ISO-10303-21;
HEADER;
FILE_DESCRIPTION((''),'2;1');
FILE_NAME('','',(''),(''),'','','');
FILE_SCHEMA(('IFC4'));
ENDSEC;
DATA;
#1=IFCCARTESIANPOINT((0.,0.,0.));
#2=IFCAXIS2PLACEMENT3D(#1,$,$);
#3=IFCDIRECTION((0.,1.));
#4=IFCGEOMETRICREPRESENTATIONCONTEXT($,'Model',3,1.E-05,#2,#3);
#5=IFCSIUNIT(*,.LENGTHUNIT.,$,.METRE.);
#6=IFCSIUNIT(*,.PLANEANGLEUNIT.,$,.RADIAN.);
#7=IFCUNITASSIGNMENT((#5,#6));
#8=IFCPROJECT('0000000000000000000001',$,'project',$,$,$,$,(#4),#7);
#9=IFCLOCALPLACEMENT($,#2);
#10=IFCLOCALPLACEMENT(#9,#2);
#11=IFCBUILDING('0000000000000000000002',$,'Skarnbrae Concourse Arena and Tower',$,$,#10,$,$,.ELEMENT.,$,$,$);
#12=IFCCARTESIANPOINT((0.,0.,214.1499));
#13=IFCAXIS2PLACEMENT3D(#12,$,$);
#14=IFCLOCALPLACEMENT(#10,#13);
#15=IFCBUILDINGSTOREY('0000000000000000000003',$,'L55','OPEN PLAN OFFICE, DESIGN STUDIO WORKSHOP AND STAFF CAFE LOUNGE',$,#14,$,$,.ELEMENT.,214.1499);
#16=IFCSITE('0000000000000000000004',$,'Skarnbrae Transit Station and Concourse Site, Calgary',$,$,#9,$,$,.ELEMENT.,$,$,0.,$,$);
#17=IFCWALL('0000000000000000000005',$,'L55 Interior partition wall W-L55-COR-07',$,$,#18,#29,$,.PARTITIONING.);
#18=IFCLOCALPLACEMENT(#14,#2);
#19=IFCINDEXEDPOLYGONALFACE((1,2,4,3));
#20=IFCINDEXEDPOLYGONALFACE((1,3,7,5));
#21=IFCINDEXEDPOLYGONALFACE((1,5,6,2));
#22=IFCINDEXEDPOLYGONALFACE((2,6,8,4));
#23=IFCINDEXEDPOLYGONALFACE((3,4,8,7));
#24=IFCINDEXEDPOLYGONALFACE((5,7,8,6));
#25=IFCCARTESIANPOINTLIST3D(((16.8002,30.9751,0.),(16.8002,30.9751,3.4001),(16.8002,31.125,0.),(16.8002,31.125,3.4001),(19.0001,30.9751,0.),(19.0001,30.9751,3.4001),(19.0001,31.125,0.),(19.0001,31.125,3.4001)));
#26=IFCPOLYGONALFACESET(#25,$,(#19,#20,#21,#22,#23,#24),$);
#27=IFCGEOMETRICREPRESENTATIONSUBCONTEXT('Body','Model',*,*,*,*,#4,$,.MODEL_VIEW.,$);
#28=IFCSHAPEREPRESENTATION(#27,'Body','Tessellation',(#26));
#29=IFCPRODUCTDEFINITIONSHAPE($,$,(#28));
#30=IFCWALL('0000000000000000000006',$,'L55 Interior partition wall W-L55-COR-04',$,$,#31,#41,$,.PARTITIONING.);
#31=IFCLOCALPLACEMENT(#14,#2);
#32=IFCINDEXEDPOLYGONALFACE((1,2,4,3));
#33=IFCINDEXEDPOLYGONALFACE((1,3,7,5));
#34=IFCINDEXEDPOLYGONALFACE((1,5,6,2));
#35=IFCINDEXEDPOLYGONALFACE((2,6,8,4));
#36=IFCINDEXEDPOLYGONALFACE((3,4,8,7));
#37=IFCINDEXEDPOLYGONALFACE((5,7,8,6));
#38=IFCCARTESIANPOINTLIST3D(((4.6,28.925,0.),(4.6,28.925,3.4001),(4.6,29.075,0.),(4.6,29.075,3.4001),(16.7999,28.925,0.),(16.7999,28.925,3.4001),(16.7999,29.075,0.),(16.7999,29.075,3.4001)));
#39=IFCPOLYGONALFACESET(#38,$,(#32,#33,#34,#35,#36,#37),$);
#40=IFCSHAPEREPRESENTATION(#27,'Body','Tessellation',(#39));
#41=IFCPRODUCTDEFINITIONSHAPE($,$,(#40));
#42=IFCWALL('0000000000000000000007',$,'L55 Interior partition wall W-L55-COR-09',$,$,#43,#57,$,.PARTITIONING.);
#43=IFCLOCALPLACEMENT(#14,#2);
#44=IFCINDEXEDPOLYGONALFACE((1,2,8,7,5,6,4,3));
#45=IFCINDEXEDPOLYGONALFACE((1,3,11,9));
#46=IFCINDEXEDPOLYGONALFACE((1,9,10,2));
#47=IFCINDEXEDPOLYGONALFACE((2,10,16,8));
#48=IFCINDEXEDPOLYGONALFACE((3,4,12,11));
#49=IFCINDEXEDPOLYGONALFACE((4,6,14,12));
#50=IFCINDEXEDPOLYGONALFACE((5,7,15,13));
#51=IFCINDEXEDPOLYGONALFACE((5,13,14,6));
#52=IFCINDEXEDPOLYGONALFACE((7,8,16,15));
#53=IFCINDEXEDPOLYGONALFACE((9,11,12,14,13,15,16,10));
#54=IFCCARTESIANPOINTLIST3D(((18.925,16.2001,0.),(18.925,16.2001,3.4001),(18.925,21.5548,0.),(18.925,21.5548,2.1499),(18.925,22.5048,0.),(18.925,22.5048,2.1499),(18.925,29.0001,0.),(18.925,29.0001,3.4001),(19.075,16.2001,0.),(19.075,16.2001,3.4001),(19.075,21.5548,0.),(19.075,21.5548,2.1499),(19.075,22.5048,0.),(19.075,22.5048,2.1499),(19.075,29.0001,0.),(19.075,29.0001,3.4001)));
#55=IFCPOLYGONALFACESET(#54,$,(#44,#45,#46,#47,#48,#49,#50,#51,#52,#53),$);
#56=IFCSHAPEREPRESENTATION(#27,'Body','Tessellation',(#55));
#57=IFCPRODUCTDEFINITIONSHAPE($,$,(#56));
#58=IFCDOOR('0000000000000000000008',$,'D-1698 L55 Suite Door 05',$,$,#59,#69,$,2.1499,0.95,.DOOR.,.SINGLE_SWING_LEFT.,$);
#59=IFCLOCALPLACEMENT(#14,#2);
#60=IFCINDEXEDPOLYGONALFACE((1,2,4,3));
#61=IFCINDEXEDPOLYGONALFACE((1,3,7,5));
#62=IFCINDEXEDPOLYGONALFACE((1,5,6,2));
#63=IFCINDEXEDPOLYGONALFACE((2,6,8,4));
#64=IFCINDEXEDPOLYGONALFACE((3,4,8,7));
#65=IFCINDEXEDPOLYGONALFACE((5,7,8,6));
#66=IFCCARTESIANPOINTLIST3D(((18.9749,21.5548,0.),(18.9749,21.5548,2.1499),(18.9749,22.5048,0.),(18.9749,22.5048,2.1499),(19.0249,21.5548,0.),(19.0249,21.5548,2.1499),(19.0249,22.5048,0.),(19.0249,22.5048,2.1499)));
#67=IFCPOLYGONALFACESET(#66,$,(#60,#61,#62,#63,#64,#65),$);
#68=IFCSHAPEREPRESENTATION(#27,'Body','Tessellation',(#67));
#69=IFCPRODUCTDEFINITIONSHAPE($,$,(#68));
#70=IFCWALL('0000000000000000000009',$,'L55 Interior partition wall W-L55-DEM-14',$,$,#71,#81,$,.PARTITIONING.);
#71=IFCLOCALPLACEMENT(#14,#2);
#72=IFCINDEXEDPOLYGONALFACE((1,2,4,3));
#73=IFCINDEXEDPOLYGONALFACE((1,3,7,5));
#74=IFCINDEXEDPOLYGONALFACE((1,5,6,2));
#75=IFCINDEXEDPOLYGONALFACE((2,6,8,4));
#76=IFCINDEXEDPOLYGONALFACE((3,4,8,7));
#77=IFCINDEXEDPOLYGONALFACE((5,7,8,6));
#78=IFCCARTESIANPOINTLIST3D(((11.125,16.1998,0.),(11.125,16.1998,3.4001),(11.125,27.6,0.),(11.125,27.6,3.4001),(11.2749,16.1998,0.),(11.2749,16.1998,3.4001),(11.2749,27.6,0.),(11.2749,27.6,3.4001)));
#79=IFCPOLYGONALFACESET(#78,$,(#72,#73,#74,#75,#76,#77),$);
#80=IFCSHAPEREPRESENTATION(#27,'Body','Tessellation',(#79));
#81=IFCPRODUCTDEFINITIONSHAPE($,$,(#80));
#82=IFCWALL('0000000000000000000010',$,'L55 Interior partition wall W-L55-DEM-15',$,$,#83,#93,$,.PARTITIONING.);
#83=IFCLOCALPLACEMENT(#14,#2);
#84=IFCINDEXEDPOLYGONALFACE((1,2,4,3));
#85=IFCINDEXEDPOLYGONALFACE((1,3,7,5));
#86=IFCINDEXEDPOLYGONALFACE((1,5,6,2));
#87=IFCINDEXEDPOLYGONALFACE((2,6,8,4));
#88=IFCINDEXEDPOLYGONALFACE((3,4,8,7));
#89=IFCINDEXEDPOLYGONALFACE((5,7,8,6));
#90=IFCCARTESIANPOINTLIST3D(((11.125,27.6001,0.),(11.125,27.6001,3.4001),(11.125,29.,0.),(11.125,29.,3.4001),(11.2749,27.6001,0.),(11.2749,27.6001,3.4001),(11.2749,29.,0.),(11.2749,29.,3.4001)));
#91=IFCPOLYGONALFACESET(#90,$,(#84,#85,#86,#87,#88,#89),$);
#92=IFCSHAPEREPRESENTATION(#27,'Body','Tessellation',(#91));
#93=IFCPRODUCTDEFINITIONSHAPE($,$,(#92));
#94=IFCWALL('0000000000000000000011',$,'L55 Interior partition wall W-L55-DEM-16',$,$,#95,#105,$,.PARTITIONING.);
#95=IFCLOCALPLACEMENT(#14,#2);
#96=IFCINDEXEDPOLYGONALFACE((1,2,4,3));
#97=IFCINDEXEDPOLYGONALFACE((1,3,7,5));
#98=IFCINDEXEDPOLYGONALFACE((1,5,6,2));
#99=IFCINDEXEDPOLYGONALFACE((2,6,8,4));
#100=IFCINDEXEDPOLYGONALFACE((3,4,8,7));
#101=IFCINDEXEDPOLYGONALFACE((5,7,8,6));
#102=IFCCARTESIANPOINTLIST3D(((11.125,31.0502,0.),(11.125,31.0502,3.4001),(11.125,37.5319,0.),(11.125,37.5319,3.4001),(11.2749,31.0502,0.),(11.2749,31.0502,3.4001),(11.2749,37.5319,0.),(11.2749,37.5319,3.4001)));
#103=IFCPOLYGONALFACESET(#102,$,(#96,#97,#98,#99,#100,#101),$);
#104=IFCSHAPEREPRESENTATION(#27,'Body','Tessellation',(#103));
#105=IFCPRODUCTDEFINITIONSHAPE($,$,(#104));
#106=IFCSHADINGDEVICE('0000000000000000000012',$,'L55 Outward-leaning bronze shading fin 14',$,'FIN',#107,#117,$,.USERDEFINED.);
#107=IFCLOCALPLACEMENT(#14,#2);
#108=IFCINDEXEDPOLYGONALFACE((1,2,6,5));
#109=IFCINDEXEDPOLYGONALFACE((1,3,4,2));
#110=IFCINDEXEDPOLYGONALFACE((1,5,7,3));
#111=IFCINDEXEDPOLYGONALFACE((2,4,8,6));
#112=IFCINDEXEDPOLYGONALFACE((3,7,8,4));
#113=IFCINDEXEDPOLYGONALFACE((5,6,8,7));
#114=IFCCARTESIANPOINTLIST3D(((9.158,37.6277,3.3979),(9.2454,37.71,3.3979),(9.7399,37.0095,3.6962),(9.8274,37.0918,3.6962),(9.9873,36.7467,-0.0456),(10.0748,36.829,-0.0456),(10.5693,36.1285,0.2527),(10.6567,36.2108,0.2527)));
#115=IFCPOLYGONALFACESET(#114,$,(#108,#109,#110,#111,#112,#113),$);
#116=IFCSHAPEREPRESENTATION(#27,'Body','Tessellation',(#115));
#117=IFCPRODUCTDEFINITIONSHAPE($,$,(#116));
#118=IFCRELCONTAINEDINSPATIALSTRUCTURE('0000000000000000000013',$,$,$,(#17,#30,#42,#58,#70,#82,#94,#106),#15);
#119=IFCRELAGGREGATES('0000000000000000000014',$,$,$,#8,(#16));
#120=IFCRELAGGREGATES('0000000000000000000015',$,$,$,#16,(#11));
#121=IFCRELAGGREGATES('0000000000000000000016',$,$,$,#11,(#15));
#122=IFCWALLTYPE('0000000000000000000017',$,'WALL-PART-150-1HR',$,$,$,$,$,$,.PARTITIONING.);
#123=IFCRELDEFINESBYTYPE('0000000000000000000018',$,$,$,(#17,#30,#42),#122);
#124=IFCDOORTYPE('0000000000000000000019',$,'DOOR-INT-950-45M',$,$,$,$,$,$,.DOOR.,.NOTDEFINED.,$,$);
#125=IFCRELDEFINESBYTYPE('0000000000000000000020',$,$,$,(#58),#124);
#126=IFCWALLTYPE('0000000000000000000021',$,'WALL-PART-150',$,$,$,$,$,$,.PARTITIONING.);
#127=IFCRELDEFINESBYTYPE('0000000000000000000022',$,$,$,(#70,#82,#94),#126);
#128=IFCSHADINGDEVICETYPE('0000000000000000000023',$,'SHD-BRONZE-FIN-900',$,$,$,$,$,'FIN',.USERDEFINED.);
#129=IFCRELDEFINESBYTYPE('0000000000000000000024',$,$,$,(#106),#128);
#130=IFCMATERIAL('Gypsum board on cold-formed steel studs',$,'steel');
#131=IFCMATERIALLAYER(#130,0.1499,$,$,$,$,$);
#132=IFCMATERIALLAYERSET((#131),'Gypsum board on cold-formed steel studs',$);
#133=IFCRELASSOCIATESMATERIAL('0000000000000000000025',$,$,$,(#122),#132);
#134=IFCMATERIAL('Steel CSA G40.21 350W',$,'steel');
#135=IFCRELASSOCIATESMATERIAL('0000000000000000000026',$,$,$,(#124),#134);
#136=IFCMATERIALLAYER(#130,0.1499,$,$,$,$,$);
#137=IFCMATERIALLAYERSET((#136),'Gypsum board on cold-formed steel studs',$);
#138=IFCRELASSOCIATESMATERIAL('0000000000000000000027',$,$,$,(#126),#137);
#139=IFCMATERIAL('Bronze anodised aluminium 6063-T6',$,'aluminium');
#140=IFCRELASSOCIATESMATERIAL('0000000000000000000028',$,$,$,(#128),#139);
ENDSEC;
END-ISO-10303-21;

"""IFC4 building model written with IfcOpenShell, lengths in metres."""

from ifc_helpers import new_model, si_unit, direction, frame, frame_2d, origin, origin_2d, place, context, subcontext, project, spatial, rectangle, extrude, source, transform, mapped, material, layer, layer_set, type_object, element, fill, save


model = new_model("IFC4")

# Units and contexts
model_context = context("Model", 3, precision=1e-05, world=origin(), true_north=direction((0.0, 1.0)))
body_context = subcontext(model_context, "Body", "Model", "MODEL_VIEW")
ifc_project = project(units=[si_unit("LENGTHUNIT", "METRE"), si_unit("PLANEANGLEUNIT", "RADIAN")], contexts=[model_context])

# Site, building, storey
site_placement = place(None, origin())
site = spatial("IfcSite", under=ifc_project, at=site_placement, Name="Skarnbrae Transit Station and Concourse Site, Calgary", CompositionType="ELEMENT", RefElevation=0.0)
building_placement = place(site_placement, origin())
building = spatial("IfcBuilding", under=site, at=building_placement, Name="Skarnbrae Concourse Arena and Tower", CompositionType="ELEMENT")
storey_placement = place(building_placement, frame((0.0, 0.0, 214.1499)))
storey = spatial("IfcBuildingStorey", under=building, at=storey_placement, Name="L55", Description="OPEN PLAN OFFICE, DESIGN STUDIO WORKSHOP AND STAFF CAFE LOUNGE", CompositionType="ELEMENT", Elevation=214.1499)

# Shared definitions
ifc_material_1 = material(Name="Steel CSA G40.21 350W", Category="steel")

# Shared definitions
ifc_material_2 = material(Name="Bronze anodised aluminium 6063-T6", Category="aluminium")

# Walls
ifc_material_3 = material(Name="Gypsum board on cold-formed steel studs", Category="steel")
ifc_layer_1 = layer(ifc_material_3, 0.1499)
ifc_layer_set_1 = layer_set([ifc_layer_1], Name="Gypsum board on cold-formed steel studs")
wall_type_1 = type_object("IfcWallType", Name="WALL-PART-150-1HR", PredefinedType="PARTITIONING", material=ifc_layer_set_1)
shared_shape_1 = source(origin(), body_context, "Body", "SweptSolid", [
    extrude(rectangle(XDim=2.2, YDim=0.1499, at=frame_2d((1.1001, 0.0))), origin(), (0.0, 0.0, 1.0), 3.4001),
])
wall_1_placement = place(storey_placement, frame((16.8, 31.05, 0.0), z_axis=(0.0, 0.0, 1.0), x_axis=(1.0, 0.0, 0.0)))
element("IfcWall", 1, at=wall_1_placement, inside=storey, type_object=wall_type_1, Name="L55 Interior partition wall W-L55-COR-07", PredefinedType="PARTITIONING", context=body_context, shape_type="MappedRepresentation", body=[
    mapped(shared_shape_1, transform((0.0, 0.0, 0.0))),
])
shared_shape_2 = source(origin(), body_context, "Body", "SweptSolid", [
    extrude(rectangle(XDim=12.2, YDim=0.1499, at=frame_2d((6.1001, 0.0))), origin(), (0.0, 0.0, 1.0), 3.4001),
])
wall_2_placement = place(storey_placement, frame((16.8, 29.0, 0.0), z_axis=(0.0, 0.0, 1.0), x_axis=(-1.0, 0.0, 0.0)))
element("IfcWall", 2, at=wall_2_placement, inside=storey, type_object=wall_type_1, Name="L55 Interior partition wall W-L55-COR-04", PredefinedType="PARTITIONING", context=body_context, shape_type="MappedRepresentation", body=[
    mapped(shared_shape_2, transform((0.0, 0.0, 0.0))),
])

# Wall, opening, door
shared_shape_3 = source(origin(), body_context, "Body", "SweptSolid", [
    extrude(rectangle(XDim=12.8, YDim=0.1499, at=frame_2d((6.3999, 0.0))), origin(), (0.0, 0.0, 1.0), 3.4001),
])
wall_3_placement = place(storey_placement, frame((19.0, 29.0, 0.0), z_axis=(0.0, 0.0, 1.0), x_axis=(0.0, -1.0, 0.0)))
wall_3 = element("IfcWall", 3, at=wall_3_placement, inside=storey, type_object=wall_type_1, Name="L55 Interior partition wall W-L55-COR-09", PredefinedType="PARTITIONING", context=body_context, shape_type="MappedRepresentation", body=[
    mapped(shared_shape_3, transform((0.0, 0.0, 0.0))),
])
opening_placement = place(wall_3_placement, frame((6.4951, 0.0, 0.0)))
opening = element("IfcOpeningElement", 4, at=opening_placement, cuts=wall_3, PredefinedType="OPENING", context=body_context, shape_type="SweptSolid", body=[
    extrude(rectangle(XDim=0.95, YDim=2.1499, at=frame_2d((0.4751, 1.075))), frame((0.0, 0.085, 0.0), z_axis=(0.0, -1.0, 0.0), x_axis=(1.0, 0.0, 0.0)), (0.0, 0.0, 1.0), 0.1699),
])
door_type = type_object("IfcDoorType", Name="DOOR-INT-950-45M", OperationType="NOTDEFINED", PredefinedType="DOOR", material=ifc_material_1)
shared_shape_4 = source(origin(), body_context, "Body", "SweptSolid", [
    extrude(rectangle(XDim=0.95, YDim=2.1499, at=frame_2d((0.4751, 1.075))), frame((0.0, 0.0249, 0.0), z_axis=(0.0, -1.0, 0.0), x_axis=(1.0, 0.0, 0.0)), (0.0, 0.0, 1.0), 0.05),
])
door_placement = place(opening_placement, origin())
door = element("IfcDoor", 5, at=door_placement, inside=storey, type_object=door_type, Name="D-1698 L55 Suite Door 05", OperationType="SINGLE_SWING_LEFT", OverallHeight=2.1499, OverallWidth=0.95, PredefinedType="DOOR", context=body_context, shape_type="MappedRepresentation", body=[
    mapped(shared_shape_4, transform((0.0, 0.0, 0.0))),
])
fill(opening, door)

# Walls
ifc_layer_2 = layer(ifc_material_3, 0.1499)
ifc_layer_set_2 = layer_set([ifc_layer_2], Name="Gypsum board on cold-formed steel studs")
wall_type_2 = type_object("IfcWallType", Name="WALL-PART-150", PredefinedType="PARTITIONING", material=ifc_layer_set_2)
shared_shape_5 = source(origin(), body_context, "Body", "SweptSolid", [
    extrude(rectangle(XDim=11.4001, YDim=0.1499, at=frame_2d((5.7002, 0.0))), origin(), (0.0, 0.0, 1.0), 3.4001),
])
wall_4_placement = place(storey_placement, frame((11.2, 27.6001, 0.0), z_axis=(0.0, 0.0, 1.0), x_axis=(0.0, -1.0, 0.0)))
element("IfcWall", 6, at=wall_4_placement, inside=storey, type_object=wall_type_2, Name="L55 Interior partition wall W-L55-DEM-14", PredefinedType="PARTITIONING", context=body_context, shape_type="MappedRepresentation", body=[
    mapped(shared_shape_5, transform((0.0, 0.0, 0.0))),
])
shared_shape_6 = source(origin(), body_context, "Body", "SweptSolid", [
    extrude(rectangle(XDim=1.3999, YDim=0.1499, at=frame_2d((0.7, 0.0))), origin(), (0.0, 0.0, 1.0), 3.4001),
])
wall_5_placement = place(storey_placement, frame((11.2, 29.0, 0.0), z_axis=(0.0, 0.0, 1.0), x_axis=(0.0, -1.0, 0.0)))
element("IfcWall", 7, at=wall_5_placement, inside=storey, type_object=wall_type_2, Name="L55 Interior partition wall W-L55-DEM-15", PredefinedType="PARTITIONING", context=body_context, shape_type="MappedRepresentation", body=[
    mapped(shared_shape_6, transform((0.0, 0.0, 0.0))),
])
shared_shape_7 = source(origin(), body_context, "Body", "SweptSolid", [
    extrude(rectangle(XDim=6.4817, YDim=0.1499, at=frame_2d((3.2407, 0.0))), origin(), (0.0, 0.0, 1.0), 3.4001),
])
wall_6_placement = place(storey_placement, frame((11.2, 37.5317, 0.0), z_axis=(0.0, 0.0, 1.0), x_axis=(0.0, -1.0, 0.0)))
element("IfcWall", 8, at=wall_6_placement, inside=storey, type_object=wall_type_2, Name="L55 Interior partition wall W-L55-DEM-16", PredefinedType="PARTITIONING", context=body_context, shape_type="MappedRepresentation", body=[
    mapped(shared_shape_7, transform((0.0, 0.0, 0.0))),
])

# Shading device
shading_device_type = type_object("IfcShadingDeviceType", Name="SHD-BRONZE-FIN-900", ElementType="FIN", PredefinedType="USERDEFINED", material=ifc_material_2)
shared_shape_8 = source(origin(), body_context, "Body", "SweptSolid", [
    extrude(rectangle(XDim=0.1201, YDim=0.8999, at=origin_2d()), origin(), (0.0, 0.0, 1.0), 3.6499),
])
shading_device_placement = place(storey_placement, frame((10.322, 36.4788, 0.1035), z_axis=(-0.227224, 0.241378, 0.943454), x_axis=(0.728132, 0.685437, 0.0)))
element("IfcShadingDevice", 9, at=shading_device_placement, inside=storey, type_object=shading_device_type, Name="L55 Outward-leaning bronze shading fin 14", ObjectType="FIN", PredefinedType="USERDEFINED", context=body_context, shape_type="MappedRepresentation", body=[
    mapped(shared_shape_8, transform((0.0, 0.0, 0.0))),
])

save(model, "model.ifc")
